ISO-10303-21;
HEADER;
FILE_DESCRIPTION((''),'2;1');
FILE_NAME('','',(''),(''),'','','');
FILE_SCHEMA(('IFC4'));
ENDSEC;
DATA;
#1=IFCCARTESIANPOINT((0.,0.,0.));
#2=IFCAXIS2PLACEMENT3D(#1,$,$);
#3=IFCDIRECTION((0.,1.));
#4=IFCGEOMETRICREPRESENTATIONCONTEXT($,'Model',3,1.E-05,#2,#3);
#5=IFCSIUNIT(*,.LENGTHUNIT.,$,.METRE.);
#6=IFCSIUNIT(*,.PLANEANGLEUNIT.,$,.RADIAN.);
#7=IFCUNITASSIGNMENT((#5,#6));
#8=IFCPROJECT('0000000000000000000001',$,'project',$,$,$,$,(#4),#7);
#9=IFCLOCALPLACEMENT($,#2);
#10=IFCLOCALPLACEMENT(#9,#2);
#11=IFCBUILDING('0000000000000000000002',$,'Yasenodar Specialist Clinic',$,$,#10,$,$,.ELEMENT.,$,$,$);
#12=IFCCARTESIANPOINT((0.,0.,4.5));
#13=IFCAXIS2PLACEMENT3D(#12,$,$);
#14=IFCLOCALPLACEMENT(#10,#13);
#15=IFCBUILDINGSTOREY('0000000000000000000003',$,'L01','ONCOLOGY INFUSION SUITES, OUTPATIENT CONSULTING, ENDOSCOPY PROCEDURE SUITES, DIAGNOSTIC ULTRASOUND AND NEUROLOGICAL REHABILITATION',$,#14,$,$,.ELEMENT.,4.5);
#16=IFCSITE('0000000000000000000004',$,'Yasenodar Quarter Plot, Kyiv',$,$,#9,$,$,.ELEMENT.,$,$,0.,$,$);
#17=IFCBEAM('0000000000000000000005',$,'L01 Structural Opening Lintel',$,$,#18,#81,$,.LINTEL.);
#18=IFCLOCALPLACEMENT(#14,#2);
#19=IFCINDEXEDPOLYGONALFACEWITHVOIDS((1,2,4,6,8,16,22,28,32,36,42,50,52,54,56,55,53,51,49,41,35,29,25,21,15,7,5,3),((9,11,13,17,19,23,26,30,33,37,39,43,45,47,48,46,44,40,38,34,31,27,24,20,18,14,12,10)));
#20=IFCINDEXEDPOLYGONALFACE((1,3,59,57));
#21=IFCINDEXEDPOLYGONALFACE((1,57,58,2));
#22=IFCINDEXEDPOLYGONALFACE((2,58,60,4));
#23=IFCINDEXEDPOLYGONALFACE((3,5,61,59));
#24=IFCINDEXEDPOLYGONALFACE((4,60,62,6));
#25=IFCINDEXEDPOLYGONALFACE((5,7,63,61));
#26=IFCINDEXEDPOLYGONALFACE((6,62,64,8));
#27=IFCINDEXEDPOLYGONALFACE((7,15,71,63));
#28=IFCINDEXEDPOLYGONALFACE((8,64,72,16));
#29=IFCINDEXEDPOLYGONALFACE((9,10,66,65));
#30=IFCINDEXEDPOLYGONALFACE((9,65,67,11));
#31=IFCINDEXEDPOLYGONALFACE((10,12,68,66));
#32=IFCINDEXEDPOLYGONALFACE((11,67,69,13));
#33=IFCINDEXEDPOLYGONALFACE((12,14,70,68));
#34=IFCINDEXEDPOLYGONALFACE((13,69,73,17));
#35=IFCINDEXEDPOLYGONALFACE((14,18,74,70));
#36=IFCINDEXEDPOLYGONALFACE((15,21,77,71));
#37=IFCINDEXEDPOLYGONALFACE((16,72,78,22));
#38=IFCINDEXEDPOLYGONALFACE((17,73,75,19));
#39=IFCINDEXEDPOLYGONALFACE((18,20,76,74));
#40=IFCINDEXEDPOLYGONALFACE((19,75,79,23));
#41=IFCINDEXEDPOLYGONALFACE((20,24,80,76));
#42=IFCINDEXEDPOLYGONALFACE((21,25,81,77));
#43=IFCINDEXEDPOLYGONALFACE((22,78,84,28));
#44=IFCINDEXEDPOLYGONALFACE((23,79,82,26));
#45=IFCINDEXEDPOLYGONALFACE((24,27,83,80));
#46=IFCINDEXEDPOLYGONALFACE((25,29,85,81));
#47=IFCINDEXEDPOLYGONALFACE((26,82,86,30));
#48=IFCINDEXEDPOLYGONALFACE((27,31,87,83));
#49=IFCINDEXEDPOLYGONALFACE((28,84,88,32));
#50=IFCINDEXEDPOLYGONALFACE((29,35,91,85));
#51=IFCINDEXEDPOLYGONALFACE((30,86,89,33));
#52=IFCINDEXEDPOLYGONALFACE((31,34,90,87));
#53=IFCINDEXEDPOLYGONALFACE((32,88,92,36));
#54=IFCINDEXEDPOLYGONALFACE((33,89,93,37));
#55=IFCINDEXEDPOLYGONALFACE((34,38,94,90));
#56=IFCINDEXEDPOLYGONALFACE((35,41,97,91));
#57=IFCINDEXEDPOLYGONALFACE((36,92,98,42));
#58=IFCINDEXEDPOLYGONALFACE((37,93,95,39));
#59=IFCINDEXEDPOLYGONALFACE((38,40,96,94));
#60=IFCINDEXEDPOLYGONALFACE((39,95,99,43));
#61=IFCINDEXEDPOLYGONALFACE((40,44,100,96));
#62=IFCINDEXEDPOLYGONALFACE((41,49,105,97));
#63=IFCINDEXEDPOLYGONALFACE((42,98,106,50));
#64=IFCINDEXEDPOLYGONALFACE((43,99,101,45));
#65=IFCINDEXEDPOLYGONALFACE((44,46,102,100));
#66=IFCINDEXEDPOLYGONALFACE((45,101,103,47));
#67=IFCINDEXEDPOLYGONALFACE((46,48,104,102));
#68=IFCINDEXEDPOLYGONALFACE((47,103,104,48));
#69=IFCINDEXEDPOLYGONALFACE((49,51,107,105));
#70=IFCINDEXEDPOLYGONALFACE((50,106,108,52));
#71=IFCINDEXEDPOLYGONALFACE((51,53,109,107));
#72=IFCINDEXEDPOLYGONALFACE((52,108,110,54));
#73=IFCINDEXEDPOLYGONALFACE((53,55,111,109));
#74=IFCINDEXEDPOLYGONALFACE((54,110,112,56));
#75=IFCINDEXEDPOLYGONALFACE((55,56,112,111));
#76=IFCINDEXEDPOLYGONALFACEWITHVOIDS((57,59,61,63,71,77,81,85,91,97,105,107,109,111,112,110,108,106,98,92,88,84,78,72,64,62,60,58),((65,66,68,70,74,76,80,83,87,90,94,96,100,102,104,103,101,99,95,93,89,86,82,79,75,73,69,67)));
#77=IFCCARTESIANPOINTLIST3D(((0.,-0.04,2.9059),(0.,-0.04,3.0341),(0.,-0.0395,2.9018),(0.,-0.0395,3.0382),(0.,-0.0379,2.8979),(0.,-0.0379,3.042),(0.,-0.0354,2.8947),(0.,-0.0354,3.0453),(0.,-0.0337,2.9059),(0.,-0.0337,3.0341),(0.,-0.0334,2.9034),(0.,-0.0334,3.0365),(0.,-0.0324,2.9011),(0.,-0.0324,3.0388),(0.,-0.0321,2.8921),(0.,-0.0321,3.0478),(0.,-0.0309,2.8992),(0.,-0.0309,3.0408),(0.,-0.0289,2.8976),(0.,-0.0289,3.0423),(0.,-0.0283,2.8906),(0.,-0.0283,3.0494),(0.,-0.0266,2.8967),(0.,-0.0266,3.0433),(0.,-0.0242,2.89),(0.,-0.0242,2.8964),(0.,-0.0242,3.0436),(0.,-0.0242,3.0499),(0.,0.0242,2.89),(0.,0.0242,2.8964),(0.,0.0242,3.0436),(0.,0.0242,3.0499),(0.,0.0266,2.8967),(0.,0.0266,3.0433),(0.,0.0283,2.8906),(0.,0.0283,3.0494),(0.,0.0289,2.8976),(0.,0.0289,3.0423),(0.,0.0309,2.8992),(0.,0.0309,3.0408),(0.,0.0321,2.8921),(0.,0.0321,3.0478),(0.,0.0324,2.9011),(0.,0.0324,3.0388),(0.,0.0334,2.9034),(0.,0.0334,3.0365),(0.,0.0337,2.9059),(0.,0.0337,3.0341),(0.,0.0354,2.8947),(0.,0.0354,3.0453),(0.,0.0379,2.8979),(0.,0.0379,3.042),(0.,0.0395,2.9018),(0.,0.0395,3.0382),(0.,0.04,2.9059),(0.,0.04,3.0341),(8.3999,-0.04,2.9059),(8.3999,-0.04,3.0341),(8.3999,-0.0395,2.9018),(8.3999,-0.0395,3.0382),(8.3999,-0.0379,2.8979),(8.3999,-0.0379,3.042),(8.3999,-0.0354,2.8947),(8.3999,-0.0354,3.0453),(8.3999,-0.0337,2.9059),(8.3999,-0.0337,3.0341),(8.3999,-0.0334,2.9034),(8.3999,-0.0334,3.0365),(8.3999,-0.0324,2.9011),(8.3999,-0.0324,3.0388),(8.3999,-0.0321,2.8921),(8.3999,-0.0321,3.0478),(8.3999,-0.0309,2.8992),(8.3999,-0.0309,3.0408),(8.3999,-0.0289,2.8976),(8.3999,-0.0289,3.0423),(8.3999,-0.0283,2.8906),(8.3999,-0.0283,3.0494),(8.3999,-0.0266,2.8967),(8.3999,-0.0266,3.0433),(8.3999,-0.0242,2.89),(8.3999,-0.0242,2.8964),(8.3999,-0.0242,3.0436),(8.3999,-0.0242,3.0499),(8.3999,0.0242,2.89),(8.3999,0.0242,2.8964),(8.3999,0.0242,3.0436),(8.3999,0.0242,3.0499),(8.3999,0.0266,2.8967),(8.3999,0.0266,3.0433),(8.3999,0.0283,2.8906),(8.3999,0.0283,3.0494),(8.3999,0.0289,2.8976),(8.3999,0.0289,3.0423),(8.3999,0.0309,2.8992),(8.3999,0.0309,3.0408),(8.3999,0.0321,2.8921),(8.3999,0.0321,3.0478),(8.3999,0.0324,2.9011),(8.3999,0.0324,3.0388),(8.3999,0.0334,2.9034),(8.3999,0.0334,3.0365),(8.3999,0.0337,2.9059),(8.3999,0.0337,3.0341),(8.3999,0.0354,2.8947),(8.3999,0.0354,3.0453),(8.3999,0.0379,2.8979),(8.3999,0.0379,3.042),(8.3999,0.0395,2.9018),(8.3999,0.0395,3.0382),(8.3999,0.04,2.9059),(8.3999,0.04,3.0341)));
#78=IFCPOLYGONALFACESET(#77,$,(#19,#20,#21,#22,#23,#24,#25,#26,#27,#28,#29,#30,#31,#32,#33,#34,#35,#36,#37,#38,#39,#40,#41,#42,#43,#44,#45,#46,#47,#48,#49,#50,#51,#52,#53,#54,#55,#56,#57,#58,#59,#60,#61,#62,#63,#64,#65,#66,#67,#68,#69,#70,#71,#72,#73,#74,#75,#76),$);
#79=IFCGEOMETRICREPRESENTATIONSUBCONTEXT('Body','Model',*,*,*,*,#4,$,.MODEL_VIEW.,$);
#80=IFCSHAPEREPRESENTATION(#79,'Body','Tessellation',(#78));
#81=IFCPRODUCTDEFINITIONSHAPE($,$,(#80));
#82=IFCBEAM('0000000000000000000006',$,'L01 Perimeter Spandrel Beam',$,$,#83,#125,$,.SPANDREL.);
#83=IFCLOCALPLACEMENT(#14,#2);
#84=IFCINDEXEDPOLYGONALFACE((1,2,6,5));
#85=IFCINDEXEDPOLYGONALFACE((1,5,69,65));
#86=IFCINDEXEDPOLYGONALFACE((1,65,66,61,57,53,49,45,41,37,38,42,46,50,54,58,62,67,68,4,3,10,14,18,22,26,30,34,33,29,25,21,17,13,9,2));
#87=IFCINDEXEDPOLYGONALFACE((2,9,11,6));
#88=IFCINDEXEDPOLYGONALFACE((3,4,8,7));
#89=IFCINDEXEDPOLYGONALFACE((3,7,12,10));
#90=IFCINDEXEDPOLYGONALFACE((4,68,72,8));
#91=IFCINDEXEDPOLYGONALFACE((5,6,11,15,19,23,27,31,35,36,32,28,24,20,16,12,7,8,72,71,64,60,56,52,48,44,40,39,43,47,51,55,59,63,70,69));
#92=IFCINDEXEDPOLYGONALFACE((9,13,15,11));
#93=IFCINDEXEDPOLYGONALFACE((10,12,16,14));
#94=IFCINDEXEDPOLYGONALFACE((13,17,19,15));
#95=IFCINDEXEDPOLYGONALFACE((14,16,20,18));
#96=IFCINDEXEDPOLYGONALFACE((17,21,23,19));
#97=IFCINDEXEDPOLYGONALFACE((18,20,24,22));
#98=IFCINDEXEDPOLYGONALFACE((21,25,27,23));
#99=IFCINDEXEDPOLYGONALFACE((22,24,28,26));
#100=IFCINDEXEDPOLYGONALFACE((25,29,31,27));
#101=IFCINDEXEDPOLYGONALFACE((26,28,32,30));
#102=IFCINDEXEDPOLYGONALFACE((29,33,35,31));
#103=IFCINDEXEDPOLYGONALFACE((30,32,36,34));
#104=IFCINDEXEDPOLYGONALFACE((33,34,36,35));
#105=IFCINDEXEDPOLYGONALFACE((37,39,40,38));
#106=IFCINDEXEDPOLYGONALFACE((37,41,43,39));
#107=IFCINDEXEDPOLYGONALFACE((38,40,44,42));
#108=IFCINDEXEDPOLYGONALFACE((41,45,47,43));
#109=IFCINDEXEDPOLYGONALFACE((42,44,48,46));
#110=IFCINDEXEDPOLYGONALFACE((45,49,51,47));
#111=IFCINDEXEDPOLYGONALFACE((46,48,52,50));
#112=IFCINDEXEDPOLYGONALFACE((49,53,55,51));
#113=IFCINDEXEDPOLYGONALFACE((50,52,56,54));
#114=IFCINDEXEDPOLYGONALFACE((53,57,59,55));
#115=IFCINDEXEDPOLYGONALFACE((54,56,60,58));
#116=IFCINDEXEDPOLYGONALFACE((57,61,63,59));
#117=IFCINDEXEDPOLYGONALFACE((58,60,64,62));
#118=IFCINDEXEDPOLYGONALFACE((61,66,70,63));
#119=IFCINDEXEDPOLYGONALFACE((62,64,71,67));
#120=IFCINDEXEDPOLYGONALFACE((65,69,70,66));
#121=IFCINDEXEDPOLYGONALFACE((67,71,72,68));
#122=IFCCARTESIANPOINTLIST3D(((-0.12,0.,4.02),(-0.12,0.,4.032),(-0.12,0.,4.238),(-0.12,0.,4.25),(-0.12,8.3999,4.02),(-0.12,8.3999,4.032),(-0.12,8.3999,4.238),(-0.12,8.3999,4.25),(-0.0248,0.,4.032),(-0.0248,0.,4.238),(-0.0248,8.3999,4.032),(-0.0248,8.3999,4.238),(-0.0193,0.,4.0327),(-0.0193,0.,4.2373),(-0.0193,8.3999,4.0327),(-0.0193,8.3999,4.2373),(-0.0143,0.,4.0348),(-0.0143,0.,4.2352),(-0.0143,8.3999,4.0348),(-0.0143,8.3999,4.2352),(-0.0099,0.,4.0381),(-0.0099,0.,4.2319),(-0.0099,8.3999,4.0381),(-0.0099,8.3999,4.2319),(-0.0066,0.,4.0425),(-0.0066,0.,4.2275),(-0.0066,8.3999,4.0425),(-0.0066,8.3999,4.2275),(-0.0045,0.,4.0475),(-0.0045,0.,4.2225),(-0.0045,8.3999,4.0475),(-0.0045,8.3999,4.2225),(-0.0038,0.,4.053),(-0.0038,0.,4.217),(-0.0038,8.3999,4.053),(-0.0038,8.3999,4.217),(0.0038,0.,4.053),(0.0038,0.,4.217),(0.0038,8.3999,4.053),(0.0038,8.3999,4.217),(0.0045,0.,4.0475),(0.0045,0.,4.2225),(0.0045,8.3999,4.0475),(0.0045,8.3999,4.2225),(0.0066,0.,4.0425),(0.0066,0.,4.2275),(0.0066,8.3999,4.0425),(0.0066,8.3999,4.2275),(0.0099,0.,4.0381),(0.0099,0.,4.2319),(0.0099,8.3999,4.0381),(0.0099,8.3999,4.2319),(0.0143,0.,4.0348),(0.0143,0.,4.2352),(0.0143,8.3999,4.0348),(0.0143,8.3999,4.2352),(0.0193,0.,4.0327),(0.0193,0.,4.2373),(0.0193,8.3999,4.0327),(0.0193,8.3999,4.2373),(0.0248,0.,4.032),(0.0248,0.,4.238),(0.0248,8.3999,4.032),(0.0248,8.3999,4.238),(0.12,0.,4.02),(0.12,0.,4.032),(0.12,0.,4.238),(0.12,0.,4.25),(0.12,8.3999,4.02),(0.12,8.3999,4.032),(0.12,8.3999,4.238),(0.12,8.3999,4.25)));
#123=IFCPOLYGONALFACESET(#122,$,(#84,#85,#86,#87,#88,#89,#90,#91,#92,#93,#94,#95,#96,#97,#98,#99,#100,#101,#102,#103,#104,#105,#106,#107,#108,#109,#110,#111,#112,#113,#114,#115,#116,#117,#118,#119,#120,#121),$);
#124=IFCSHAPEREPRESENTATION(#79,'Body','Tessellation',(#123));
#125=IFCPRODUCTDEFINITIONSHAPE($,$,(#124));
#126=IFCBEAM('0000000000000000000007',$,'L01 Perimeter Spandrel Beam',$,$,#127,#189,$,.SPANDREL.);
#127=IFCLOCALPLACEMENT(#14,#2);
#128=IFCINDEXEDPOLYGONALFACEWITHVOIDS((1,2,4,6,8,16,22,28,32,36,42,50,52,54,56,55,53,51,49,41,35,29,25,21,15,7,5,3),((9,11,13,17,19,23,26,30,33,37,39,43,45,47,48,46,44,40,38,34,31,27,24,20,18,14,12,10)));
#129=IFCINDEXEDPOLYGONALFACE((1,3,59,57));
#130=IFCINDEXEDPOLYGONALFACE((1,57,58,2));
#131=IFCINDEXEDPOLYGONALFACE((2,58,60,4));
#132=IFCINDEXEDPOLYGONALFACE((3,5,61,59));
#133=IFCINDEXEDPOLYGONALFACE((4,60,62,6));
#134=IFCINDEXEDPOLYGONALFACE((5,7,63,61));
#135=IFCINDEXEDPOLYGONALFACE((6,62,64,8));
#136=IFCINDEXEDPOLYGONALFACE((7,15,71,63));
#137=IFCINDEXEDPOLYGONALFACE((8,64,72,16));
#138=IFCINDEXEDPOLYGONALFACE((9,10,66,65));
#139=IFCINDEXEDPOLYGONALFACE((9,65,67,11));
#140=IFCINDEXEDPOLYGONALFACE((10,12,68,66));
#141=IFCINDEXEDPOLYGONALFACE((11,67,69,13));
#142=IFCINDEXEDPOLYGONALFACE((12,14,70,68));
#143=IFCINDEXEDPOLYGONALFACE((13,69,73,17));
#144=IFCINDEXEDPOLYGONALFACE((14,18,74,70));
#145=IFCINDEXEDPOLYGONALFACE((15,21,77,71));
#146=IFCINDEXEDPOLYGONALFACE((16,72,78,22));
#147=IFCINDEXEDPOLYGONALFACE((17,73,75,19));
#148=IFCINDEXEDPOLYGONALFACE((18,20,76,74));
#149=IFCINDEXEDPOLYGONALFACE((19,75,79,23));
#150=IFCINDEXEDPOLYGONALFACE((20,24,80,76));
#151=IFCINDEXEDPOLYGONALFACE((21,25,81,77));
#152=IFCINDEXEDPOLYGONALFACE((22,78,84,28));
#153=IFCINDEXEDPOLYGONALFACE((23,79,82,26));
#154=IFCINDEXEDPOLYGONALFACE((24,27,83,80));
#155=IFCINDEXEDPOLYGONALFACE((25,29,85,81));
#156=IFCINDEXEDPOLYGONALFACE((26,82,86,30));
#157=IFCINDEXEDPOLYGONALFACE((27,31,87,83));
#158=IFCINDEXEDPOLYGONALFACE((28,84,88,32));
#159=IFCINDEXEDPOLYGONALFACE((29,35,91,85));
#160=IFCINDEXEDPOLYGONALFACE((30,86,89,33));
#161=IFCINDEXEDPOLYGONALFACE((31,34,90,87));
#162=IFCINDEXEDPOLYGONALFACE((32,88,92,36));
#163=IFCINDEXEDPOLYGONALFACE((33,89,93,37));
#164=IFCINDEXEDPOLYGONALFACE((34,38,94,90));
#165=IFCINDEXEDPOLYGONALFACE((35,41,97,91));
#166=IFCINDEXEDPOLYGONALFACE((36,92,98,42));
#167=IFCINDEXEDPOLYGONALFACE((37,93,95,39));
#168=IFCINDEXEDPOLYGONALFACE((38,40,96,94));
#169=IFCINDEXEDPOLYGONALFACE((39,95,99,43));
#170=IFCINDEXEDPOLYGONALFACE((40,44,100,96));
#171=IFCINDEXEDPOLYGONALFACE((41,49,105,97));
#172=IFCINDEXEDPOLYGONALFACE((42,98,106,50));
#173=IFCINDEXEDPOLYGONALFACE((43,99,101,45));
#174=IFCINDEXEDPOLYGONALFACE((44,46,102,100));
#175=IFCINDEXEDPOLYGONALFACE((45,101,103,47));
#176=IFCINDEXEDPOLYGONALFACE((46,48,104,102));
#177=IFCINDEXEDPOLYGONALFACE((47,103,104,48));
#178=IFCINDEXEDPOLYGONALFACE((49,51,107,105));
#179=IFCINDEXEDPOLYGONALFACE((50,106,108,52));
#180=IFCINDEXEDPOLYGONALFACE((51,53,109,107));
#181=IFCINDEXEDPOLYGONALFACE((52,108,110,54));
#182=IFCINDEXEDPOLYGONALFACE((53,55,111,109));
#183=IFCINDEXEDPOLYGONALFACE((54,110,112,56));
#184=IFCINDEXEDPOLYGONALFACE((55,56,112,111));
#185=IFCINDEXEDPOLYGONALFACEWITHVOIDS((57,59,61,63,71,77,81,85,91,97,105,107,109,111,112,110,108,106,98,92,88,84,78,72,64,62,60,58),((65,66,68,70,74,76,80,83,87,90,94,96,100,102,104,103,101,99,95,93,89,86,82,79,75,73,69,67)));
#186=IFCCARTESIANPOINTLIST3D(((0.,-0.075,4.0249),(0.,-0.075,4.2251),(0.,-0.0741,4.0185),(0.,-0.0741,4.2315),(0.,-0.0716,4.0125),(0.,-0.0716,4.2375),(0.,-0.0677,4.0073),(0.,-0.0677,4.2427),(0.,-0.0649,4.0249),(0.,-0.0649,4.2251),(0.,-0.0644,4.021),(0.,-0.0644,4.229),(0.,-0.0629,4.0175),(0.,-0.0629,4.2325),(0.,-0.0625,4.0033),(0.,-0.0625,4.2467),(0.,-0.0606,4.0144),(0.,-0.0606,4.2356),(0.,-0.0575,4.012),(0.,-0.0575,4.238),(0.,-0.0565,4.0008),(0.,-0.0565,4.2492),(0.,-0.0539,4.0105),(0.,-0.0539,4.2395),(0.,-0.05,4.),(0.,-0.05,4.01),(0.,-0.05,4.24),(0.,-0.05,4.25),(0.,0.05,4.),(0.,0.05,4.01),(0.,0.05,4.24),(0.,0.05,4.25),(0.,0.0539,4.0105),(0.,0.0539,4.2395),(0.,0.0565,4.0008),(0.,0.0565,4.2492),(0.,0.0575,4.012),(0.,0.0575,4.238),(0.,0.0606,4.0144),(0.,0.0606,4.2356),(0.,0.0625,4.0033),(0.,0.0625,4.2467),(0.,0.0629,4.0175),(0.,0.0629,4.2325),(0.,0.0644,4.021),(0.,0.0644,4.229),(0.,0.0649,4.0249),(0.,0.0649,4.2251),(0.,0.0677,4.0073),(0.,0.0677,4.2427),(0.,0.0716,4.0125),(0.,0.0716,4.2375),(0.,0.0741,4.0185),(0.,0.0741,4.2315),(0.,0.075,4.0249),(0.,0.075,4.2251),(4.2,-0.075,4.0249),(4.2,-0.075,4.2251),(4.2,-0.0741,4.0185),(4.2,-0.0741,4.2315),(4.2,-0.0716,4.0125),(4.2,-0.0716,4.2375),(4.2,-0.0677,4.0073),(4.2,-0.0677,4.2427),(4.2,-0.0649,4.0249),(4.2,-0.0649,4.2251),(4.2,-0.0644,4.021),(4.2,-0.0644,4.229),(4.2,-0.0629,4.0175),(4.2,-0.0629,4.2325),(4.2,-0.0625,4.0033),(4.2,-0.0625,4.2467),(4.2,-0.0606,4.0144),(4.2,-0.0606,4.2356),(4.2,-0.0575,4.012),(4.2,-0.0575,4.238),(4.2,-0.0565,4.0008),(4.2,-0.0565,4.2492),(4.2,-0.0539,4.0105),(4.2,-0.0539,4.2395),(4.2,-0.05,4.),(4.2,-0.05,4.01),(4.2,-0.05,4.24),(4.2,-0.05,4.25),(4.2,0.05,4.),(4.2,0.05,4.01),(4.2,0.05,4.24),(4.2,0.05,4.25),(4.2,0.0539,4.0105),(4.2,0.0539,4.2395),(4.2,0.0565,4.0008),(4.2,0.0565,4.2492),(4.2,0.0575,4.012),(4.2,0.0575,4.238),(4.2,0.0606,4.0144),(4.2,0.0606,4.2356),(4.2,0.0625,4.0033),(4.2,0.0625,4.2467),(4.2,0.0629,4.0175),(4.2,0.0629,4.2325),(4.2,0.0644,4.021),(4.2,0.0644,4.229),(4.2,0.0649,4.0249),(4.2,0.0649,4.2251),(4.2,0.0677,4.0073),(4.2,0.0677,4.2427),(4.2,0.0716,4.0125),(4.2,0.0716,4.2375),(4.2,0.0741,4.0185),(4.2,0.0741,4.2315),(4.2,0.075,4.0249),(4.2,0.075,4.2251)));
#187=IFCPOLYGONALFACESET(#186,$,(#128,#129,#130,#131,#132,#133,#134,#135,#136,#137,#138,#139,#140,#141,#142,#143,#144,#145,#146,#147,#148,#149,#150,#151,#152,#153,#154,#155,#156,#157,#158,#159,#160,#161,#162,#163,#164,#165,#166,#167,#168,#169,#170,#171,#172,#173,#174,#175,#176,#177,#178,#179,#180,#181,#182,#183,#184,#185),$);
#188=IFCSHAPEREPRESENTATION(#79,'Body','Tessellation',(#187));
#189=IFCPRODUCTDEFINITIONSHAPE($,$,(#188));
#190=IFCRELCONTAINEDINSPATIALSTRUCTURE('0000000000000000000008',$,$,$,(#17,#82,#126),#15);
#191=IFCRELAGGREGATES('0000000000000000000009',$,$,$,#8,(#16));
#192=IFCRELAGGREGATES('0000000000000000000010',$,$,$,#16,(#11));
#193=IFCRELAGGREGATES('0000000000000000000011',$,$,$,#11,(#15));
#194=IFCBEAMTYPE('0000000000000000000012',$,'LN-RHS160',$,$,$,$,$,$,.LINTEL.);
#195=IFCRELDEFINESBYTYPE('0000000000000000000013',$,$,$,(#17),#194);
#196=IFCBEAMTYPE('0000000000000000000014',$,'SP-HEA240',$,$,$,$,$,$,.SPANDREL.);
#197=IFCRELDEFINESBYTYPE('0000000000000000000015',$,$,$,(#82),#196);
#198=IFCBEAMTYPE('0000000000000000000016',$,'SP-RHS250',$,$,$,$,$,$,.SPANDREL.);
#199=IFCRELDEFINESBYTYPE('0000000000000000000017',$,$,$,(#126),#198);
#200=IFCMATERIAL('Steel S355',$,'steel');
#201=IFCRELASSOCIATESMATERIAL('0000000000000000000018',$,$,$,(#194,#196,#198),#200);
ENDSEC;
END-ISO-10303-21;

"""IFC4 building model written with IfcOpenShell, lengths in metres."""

from ifc_helpers import new_model, si_unit, direction, frame, origin, origin_2d, place, context, subcontext, project, spatial, hollow_rectangle, i_section, extrude, material, material_profile, profile_set, type_object, element, save


model = new_model("IFC4")

# Units and contexts
model_context = context("Model", 3, precision=1e-05, world=origin(), true_north=direction((0.0, 1.0)))
body_context = subcontext(model_context, "Body", "Model", "MODEL_VIEW")
ifc_project = project(units=[si_unit("LENGTHUNIT", "METRE"), si_unit("PLANEANGLEUNIT", "RADIAN")], contexts=[model_context])

# Site, building, storey
site_placement = place(None, origin())
site = spatial("IfcSite", under=ifc_project, at=site_placement, Name="Yasenodar Quarter Plot, Kyiv", CompositionType="ELEMENT", RefElevation=0.0)
building_placement = place(site_placement, origin())
building = spatial("IfcBuilding", under=site, at=building_placement, Name="Yasenodar Specialist Clinic", CompositionType="ELEMENT")
storey_placement = place(building_placement, frame((0.0, 0.0, 4.5)))
storey = spatial("IfcBuildingStorey", under=building, at=storey_placement, Name="L01", Description="ONCOLOGY INFUSION SUITES, OUTPATIENT CONSULTING, ENDOSCOPY PROCEDURE SUITES, DIAGNOSTIC ULTRASOUND AND NEUROLOGICAL REHABILITATION", CompositionType="ELEMENT", Elevation=4.5)

# Beams
ifc_material_1 = material(Name="Steel S355", Category="steel")
ifc_material_profile_1 = material_profile(ifc_material_1, hollow_rectangle(XDim=0.0801, YDim=0.1599, WallThickness=0.0063, InnerFilletRadius=0.0095, OuterFilletRadius=0.0159, at=origin_2d()), Name="RHS 160x80x6.3")
ifc_profile_set_1 = profile_set([ifc_material_profile_1], Name="Steel S355")
beam_type_1 = type_object("IfcBeamType", Name="LN-RHS160", PredefinedType="LINTEL", material=ifc_profile_set_1)
beam_1_placement = place(storey_placement, frame((0.0, 0.0, 2.97), z_axis=(1.0, 0.0, 0.0), x_axis=(0.0, 1.0, 0.0)))
element("IfcBeam", 1, at=beam_1_placement, inside=storey, type_object=beam_type_1, Name="L01 Structural Opening Lintel", PredefinedType="LINTEL", context=body_context, shape_type="SweptSolid", body=[
    extrude(hollow_rectangle(XDim=0.0801, YDim=0.1599, WallThickness=0.0063, InnerFilletRadius=0.0095, OuterFilletRadius=0.0159, at=origin_2d()), origin(), (0.0, 0.0, 1.0), 8.3999),
])
ifc_material_profile_2 = material_profile(ifc_material_1, i_section(OverallWidth=0.24, OverallDepth=0.23, WebThickness=0.0076, FlangeThickness=0.012, FilletRadius=0.021, at=origin_2d()), Name="HEA 240")
ifc_profile_set_2 = profile_set([ifc_material_profile_2], Name="Steel S355")
beam_type_2 = type_object("IfcBeamType", Name="SP-HEA240", PredefinedType="SPANDREL", material=ifc_profile_set_2)
beam_2_placement = place(storey_placement, frame((0.0, 0.0, 4.135), z_axis=(0.0, 1.0, 0.0), x_axis=(-1.0, 0.0, 0.0)))
element("IfcBeam", 2, at=beam_2_placement, inside=storey, type_object=beam_type_2, Name="L01 Perimeter Spandrel Beam", PredefinedType="SPANDREL", context=body_context, shape_type="SweptSolid", body=[
    extrude(i_section(OverallWidth=0.24, OverallDepth=0.23, WebThickness=0.0076, FlangeThickness=0.012, FilletRadius=0.021, at=origin_2d()), origin(), (0.0, 0.0, 1.0), 8.3999),
])
ifc_material_profile_3 = material_profile(ifc_material_1, hollow_rectangle(XDim=0.1499, YDim=0.25, WallThickness=0.01, InnerFilletRadius=0.0149, OuterFilletRadius=0.0249, at=origin_2d()), Name="RHS 250x150x10")
ifc_profile_set_3 = profile_set([ifc_material_profile_3], Name="Steel S355")
beam_type_3 = type_object("IfcBeamType", Name="SP-RHS250", PredefinedType="SPANDREL", material=ifc_profile_set_3)
beam_3_placement = place(storey_placement, frame((0.0, 0.0, 4.125), z_axis=(1.0, 0.0, 0.0), x_axis=(0.0, 1.0, 0.0)))
element("IfcBeam", 3, at=beam_3_placement, inside=storey, type_object=beam_type_3, Name="L01 Perimeter Spandrel Beam", PredefinedType="SPANDREL", context=body_context, shape_type="SweptSolid", body=[
    extrude(hollow_rectangle(XDim=0.1499, YDim=0.25, WallThickness=0.01, InnerFilletRadius=0.0149, OuterFilletRadius=0.0249, at=origin_2d()), origin(), (0.0, 0.0, 1.0), 4.2),
])

save(model, "model.ifc")
